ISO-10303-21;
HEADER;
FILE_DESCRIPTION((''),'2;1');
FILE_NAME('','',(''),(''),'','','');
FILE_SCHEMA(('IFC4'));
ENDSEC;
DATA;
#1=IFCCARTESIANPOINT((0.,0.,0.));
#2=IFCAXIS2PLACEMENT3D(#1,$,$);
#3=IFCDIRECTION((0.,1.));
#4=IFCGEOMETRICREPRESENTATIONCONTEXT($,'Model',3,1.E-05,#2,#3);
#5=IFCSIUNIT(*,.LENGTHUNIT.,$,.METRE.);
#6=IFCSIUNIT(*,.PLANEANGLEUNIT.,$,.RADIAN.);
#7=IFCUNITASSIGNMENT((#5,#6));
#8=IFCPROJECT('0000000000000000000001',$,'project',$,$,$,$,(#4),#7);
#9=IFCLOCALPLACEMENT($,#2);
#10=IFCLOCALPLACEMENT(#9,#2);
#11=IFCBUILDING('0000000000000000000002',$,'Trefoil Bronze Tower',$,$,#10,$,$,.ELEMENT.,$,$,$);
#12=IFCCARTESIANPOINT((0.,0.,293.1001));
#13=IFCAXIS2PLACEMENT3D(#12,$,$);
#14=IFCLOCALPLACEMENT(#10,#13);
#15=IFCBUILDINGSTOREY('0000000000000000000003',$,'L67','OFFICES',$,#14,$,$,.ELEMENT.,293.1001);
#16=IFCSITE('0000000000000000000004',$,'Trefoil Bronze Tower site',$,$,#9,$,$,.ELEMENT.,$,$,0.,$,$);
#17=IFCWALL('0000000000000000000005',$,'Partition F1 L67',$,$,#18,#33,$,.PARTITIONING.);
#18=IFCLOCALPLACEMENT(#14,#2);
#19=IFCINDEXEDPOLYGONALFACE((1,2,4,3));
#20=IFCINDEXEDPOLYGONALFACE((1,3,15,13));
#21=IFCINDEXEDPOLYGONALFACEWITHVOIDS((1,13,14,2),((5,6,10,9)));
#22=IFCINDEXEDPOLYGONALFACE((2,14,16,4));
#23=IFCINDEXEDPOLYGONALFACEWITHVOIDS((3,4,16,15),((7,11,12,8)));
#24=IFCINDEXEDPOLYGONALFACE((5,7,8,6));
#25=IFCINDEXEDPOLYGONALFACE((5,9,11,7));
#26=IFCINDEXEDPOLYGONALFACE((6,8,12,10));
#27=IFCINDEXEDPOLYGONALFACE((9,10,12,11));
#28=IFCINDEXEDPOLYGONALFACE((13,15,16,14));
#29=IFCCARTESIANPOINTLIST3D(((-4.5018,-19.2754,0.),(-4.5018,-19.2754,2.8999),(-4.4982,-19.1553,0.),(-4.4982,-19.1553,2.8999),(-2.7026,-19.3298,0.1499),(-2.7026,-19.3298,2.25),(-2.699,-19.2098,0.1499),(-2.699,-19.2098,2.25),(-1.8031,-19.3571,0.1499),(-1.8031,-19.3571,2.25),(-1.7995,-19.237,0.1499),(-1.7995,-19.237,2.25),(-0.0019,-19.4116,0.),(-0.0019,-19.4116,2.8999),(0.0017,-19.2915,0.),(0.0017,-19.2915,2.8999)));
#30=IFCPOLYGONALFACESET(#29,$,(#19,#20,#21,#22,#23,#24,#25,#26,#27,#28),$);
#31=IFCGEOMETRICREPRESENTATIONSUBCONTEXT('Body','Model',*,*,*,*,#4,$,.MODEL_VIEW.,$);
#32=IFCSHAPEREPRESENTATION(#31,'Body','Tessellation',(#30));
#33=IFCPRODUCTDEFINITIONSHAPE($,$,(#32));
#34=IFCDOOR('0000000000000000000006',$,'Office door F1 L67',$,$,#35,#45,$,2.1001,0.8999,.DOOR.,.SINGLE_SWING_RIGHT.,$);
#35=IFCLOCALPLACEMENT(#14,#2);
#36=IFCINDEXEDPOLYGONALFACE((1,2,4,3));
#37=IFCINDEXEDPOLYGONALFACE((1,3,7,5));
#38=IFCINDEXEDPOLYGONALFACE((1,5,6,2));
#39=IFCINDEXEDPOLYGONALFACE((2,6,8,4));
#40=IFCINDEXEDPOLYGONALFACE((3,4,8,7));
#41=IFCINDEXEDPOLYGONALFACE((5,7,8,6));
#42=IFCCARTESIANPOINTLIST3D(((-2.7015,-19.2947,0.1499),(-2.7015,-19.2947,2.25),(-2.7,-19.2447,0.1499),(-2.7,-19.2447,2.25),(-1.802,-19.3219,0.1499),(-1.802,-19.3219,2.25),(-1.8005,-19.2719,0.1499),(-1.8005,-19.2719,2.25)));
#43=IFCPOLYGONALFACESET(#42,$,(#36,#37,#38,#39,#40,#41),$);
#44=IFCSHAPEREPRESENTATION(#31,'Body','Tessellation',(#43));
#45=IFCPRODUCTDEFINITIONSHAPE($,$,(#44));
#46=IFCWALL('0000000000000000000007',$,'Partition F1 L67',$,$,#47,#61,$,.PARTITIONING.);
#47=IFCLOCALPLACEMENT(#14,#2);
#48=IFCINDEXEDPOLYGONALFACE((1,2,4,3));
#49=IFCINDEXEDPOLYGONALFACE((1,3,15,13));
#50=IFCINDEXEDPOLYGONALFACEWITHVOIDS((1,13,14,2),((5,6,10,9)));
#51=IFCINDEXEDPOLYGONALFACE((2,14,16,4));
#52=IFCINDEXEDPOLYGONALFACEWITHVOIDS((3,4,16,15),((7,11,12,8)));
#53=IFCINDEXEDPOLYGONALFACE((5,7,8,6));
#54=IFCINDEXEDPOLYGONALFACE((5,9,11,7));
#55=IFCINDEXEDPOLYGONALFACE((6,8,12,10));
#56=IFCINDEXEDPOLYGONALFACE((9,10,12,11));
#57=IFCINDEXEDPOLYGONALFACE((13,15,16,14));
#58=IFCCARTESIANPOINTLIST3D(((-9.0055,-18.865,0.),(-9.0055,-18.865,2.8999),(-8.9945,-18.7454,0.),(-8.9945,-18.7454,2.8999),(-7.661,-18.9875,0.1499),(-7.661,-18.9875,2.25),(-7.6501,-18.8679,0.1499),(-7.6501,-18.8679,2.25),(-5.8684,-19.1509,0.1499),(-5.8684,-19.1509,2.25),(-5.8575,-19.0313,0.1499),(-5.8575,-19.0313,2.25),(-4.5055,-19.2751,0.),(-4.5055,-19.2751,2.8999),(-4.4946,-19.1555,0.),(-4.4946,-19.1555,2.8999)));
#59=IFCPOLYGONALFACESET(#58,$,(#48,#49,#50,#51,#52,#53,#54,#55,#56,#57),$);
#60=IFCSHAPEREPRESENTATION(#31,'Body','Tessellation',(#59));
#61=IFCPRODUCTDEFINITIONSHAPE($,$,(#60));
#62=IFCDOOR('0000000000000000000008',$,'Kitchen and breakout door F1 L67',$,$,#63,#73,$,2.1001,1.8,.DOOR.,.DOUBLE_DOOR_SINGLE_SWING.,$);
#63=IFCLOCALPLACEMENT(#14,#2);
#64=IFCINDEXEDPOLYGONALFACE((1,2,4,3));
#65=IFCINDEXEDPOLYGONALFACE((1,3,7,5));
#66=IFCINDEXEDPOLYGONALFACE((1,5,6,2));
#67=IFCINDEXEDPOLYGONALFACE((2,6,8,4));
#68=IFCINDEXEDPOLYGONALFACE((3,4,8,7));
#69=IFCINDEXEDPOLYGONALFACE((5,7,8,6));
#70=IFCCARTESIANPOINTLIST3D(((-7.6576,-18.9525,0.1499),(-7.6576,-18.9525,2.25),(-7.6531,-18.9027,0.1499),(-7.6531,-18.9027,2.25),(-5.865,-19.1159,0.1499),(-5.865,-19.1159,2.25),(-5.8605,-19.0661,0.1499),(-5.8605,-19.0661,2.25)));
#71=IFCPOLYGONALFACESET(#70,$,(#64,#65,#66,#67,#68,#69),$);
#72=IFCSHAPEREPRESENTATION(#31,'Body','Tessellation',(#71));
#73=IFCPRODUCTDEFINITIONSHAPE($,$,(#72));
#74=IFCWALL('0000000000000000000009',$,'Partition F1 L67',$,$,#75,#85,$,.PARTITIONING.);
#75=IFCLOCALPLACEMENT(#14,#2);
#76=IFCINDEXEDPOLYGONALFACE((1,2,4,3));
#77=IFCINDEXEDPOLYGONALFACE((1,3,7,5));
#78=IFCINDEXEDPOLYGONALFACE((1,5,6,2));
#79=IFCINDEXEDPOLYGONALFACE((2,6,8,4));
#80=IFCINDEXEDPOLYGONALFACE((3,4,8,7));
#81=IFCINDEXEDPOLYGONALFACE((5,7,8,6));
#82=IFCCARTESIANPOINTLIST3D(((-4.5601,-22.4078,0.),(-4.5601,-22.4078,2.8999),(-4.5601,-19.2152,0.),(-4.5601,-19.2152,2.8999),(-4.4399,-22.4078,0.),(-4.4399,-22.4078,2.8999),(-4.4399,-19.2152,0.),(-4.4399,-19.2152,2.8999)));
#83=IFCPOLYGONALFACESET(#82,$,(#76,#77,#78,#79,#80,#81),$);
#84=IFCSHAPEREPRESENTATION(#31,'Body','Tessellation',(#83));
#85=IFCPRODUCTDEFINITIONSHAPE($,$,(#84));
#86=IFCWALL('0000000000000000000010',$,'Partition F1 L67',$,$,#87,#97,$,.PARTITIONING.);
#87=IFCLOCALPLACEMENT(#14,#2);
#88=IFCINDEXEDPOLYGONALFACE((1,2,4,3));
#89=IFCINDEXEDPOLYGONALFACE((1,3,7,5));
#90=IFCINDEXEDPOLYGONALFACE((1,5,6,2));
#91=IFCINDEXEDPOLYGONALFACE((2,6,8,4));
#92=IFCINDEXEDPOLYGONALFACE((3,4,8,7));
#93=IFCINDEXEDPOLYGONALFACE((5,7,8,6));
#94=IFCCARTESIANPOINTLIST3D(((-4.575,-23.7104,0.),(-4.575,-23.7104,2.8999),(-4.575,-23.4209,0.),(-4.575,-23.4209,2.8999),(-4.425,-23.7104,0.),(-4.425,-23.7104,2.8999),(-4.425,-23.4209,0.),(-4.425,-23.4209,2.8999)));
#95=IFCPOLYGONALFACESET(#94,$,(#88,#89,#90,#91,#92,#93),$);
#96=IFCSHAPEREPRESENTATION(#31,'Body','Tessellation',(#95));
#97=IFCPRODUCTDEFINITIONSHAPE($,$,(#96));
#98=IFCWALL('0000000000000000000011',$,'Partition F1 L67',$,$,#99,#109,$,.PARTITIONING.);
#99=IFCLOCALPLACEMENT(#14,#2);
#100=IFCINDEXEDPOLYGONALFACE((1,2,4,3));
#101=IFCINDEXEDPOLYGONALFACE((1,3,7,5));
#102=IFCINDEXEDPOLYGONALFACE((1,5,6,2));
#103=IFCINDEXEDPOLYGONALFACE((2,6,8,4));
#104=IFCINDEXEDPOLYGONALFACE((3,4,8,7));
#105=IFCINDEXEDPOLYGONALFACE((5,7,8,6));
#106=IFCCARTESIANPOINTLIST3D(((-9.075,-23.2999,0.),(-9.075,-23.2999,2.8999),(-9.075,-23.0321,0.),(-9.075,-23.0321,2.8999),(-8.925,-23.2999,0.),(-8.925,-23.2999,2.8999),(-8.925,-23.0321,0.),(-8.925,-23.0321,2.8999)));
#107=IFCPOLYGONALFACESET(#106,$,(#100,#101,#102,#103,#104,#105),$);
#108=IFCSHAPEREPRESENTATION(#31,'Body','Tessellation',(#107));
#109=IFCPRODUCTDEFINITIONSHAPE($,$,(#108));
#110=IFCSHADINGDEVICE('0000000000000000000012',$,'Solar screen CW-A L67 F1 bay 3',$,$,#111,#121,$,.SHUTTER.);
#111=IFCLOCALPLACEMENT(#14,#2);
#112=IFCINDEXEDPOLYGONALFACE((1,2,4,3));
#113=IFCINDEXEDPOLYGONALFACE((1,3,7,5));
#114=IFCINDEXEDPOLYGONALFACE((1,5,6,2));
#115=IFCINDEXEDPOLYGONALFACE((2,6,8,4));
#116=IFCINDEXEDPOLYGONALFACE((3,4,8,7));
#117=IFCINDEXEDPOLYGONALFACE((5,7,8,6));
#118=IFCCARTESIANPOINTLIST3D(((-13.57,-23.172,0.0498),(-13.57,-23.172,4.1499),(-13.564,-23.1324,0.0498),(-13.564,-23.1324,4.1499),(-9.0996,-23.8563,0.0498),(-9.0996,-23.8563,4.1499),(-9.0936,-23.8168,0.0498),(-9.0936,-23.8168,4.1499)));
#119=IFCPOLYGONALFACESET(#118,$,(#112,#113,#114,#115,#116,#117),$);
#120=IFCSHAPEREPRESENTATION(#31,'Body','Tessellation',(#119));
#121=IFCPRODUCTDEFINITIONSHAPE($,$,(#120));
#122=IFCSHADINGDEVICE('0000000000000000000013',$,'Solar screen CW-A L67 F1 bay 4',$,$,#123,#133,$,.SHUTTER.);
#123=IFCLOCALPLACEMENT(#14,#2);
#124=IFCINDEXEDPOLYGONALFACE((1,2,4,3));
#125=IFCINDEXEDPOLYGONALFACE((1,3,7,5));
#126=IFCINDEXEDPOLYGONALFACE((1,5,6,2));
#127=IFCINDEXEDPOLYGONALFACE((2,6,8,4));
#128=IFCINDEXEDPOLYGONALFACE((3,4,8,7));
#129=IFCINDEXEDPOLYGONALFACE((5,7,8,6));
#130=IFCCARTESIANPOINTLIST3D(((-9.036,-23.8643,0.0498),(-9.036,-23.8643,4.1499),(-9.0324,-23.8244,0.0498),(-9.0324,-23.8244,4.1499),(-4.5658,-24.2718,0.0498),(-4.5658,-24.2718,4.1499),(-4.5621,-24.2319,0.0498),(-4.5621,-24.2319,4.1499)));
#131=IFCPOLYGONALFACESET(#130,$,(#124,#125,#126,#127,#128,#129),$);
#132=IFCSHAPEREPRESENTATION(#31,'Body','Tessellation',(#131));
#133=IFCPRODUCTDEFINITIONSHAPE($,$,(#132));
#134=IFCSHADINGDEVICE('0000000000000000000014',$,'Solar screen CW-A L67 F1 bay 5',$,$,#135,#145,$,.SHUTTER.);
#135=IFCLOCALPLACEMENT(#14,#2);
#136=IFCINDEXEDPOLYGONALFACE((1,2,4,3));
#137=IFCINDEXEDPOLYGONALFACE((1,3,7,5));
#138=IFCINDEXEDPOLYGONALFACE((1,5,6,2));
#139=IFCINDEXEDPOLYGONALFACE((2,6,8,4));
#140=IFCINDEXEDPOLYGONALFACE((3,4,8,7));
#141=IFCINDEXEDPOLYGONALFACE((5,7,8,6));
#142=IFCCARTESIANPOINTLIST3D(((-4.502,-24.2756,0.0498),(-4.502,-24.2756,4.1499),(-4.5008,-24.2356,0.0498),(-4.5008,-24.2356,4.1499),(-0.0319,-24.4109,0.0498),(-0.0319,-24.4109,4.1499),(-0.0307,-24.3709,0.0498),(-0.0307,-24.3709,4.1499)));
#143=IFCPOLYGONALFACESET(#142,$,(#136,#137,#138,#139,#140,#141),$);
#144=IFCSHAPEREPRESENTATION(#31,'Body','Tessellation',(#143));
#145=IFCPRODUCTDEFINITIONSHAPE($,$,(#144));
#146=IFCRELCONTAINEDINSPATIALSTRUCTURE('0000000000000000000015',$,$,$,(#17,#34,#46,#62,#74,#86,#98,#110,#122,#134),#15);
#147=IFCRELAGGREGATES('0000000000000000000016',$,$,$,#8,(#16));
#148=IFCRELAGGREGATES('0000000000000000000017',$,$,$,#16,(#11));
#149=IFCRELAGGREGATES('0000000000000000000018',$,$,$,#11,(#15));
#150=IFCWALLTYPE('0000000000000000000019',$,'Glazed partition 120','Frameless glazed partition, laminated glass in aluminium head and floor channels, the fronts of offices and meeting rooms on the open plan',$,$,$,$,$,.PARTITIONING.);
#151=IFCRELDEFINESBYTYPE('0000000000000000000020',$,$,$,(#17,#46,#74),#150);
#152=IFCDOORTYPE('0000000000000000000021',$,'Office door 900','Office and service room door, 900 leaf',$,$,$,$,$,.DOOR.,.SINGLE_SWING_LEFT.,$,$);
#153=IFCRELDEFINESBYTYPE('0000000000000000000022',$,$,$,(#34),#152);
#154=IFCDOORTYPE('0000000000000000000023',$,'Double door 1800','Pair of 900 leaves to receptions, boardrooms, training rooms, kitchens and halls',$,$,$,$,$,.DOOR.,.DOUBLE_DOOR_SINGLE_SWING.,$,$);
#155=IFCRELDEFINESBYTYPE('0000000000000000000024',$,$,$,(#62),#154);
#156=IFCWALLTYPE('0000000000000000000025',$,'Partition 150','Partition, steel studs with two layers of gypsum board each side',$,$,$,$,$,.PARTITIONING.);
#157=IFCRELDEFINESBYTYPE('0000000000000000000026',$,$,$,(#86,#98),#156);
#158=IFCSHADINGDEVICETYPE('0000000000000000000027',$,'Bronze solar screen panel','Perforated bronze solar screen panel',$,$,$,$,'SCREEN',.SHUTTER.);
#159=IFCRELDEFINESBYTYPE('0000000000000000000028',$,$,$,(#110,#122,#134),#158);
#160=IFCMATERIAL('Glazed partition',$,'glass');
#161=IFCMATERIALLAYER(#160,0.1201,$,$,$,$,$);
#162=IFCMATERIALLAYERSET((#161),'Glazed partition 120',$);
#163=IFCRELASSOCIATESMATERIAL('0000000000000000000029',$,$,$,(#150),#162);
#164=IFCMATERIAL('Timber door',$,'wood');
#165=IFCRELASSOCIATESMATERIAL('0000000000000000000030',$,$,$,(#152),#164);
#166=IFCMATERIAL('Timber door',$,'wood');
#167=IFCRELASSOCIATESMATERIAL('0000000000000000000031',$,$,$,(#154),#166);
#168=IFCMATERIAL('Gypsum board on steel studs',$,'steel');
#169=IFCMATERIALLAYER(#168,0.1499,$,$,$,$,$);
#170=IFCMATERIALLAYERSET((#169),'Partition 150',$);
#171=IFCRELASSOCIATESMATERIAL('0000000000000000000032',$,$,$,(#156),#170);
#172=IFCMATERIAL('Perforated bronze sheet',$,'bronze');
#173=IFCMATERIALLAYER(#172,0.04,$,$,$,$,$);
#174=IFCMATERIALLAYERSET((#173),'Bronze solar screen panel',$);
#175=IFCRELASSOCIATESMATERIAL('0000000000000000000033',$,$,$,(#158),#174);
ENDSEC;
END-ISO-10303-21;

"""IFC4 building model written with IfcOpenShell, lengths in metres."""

from ifc_helpers import new_model, si_unit, direction, frame, frame_2d, origin, origin_2d, place, context, subcontext, project, spatial, rectangle, extrude, material, layer, layer_set, type_object, element, fill, save


model = new_model("IFC4")

# Units and contexts
model_context = context("Model", 3, precision=1e-05, world=origin(), true_north=direction((0.0, 1.0)))
body_context = subcontext(model_context, "Body", "Model", "MODEL_VIEW")
ifc_project = project(units=[si_unit("LENGTHUNIT", "METRE"), si_unit("PLANEANGLEUNIT", "RADIAN")], contexts=[model_context])

# Site, building, storey
site_placement = place(None, origin())
site = spatial("IfcSite", under=ifc_project, at=site_placement, Name="Trefoil Bronze Tower site", CompositionType="ELEMENT", RefElevation=0.0)
building_placement = place(site_placement, origin())
building = spatial("IfcBuilding", under=site, at=building_placement, Name="Trefoil Bronze Tower", CompositionType="ELEMENT")
storey_placement = place(building_placement, frame((0.0, 0.0, 293.1001)))
storey = spatial("IfcBuildingStorey", under=building, at=storey_placement, Name="L67", Description="OFFICES", CompositionType="ELEMENT", Elevation=293.1001)

# Walls, openings, doors
ifc_material_1 = material(Name="Glazed partition", Category="glass")
ifc_layer_1 = layer(ifc_material_1, 0.1201)
ifc_layer_set_1 = layer_set([ifc_layer_1], Name="Glazed partition 120")
wall_type_1 = type_object("IfcWallType", Name="Glazed partition 120", Description="Frameless glazed partition, laminated glass in aluminium head and floor channels, the fronts of offices and meeting rooms on the open plan", PredefinedType="PARTITIONING", material=ifc_layer_set_1)
wall_1_placement = place(storey_placement, frame((-4.5, -19.2153, 0.0), z_axis=(0.0, 0.0, 1.0), x_axis=(0.999542, -0.03026, 0.0)))
wall_1 = element("IfcWall", 1, at=wall_1_placement, inside=storey, type_object=wall_type_1, Name="Partition F1 L67", PredefinedType="PARTITIONING", context=body_context, shape_type="SweptSolid", body=[
    extrude(rectangle(XDim=4.502, YDim=0.1201, at=frame_2d((2.251, 0.0))), origin(), (0.0, 0.0, 1.0), 2.8999),
])
opening_1_placement = place(wall_1_placement, frame((1.8, 0.0, 0.1499)))
opening_1 = element("IfcOpeningElement", 2, at=opening_1_placement, cuts=wall_1, PredefinedType="OPENING", context=body_context, shape_type="SweptSolid", body=[
    extrude(rectangle(XDim=0.8999, YDim=2.1001, at=frame_2d((0.45, 1.05))), frame((0.0, 0.0701, 0.0), z_axis=(0.0, -1.0, 0.0), x_axis=(1.0, 0.0, 0.0)), (0.0, 0.0, 1.0), 0.1401),
])
ifc_material_2 = material(Name="Timber door", Category="wood")
door_type_1 = type_object("IfcDoorType", Name="Office door 900", Description="Office and service room door, 900 leaf", OperationType="SINGLE_SWING_LEFT", PredefinedType="DOOR", material=ifc_material_2)
door_1_placement = place(opening_1_placement, frame((0.8999, 0.0, 0.0), z_axis=(0.0, 0.0, 1.0), x_axis=(-1.0, 0.0, 0.0)))
door_1 = element("IfcDoor", 3, at=door_1_placement, inside=storey, type_object=door_type_1, Name="Office door F1 L67", OperationType="SINGLE_SWING_RIGHT", OverallHeight=2.1001, OverallWidth=0.8999, PredefinedType="DOOR", context=body_context, shape_type="SweptSolid", body=[
    extrude(rectangle(XDim=0.8999, YDim=2.1001, at=frame_2d((0.45, 1.05))), frame((0.0, 0.0249, 0.0), z_axis=(0.0, -1.0, 0.0), x_axis=(1.0, 0.0, 0.0)), (0.0, 0.0, 1.0), 0.05),
])
fill(opening_1, door_1)
wall_2_placement = place(storey_placement, frame((-9.0, -18.8052, 0.0), z_axis=(0.0, 0.0, 1.0), x_axis=(0.995872, -0.09077, 0.0)))
wall_2 = element("IfcWall", 4, at=wall_2_placement, inside=storey, type_object=wall_type_1, Name="Partition F1 L67", PredefinedType="PARTITIONING", context=body_context, shape_type="SweptSolid", body=[
    extrude(rectangle(XDim=4.5186, YDim=0.1201, at=frame_2d((2.2593, 0.0))), origin(), (0.0, 0.0, 1.0), 2.8999),
])
opening_2_placement = place(wall_2_placement, frame((1.3501, 0.0, 0.1499)))
opening_2 = element("IfcOpeningElement", 5, at=opening_2_placement, cuts=wall_2, PredefinedType="OPENING", context=body_context, shape_type="SweptSolid", body=[
    extrude(rectangle(XDim=1.8, YDim=2.1001, at=frame_2d((0.8999, 1.05))), frame((0.0, 0.0701, 0.0), z_axis=(0.0, -1.0, 0.0), x_axis=(1.0, 0.0, 0.0)), (0.0, 0.0, 1.0), 0.1401),
])
ifc_material_3 = material(Name="Timber door", Category="wood")
door_type_2 = type_object("IfcDoorType", Name="Double door 1800", Description="Pair of 900 leaves to receptions, boardrooms, training rooms, kitchens and halls", OperationType="DOUBLE_DOOR_SINGLE_SWING", PredefinedType="DOOR", material=ifc_material_3)
door_2_placement = place(opening_2_placement, frame((1.8, 0.0, 0.0), z_axis=(0.0, 0.0, 1.0), x_axis=(-1.0, 0.0, 0.0)))
door_2 = element("IfcDoor", 6, at=door_2_placement, inside=storey, type_object=door_type_2, Name="Kitchen and breakout door F1 L67", OperationType="DOUBLE_DOOR_SINGLE_SWING", OverallHeight=2.1001, OverallWidth=1.8, PredefinedType="DOOR", context=body_context, shape_type="SweptSolid", body=[
    extrude(rectangle(XDim=1.8, YDim=2.1001, at=frame_2d((0.8999, 1.05))), frame((0.0, 0.0249, 0.0), z_axis=(0.0, -1.0, 0.0), x_axis=(1.0, 0.0, 0.0)), (0.0, 0.0, 1.0), 0.05),
])
fill(opening_2, door_2)

# Walls
wall_3_placement = place(storey_placement, frame((-4.5, -19.2153, 0.0), z_axis=(0.0, 0.0, 1.0), x_axis=(0.0, -1.0, 0.0)))
element("IfcWall", 7, at=wall_3_placement, inside=storey, type_object=wall_type_1, Name="Partition F1 L67", PredefinedType="PARTITIONING", context=body_context, shape_type="SweptSolid", body=[
    extrude(rectangle(XDim=3.1926, YDim=0.1201, at=frame_2d((1.5962, 0.0))), origin(), (0.0, 0.0, 1.0), 2.8999),
])
ifc_material_4 = material(Name="Gypsum board on steel studs", Category="steel")
ifc_layer_2 = layer(ifc_material_4, 0.1499)
ifc_layer_set_2 = layer_set([ifc_layer_2], Name="Partition 150")
wall_type_2 = type_object("IfcWallType", Name="Partition 150", Description="Partition, steel studs with two layers of gypsum board each side", PredefinedType="PARTITIONING", material=ifc_layer_set_2)
wall_4_placement = place(storey_placement, frame((-4.5, -23.4209, 0.0), z_axis=(0.0, 0.0, 1.0), x_axis=(0.0, -1.0, 0.0)))
element("IfcWall", 8, at=wall_4_placement, inside=storey, type_object=wall_type_2, Name="Partition F1 L67", PredefinedType="PARTITIONING", context=body_context, shape_type="SweptSolid", body=[
    extrude(rectangle(XDim=0.2896, YDim=0.1499, at=frame_2d((0.1448, 0.0))), origin(), (0.0, 0.0, 1.0), 2.8999),
])
wall_5_placement = place(storey_placement, frame((-9.0, -23.0322, 0.0), z_axis=(0.0, 0.0, 1.0), x_axis=(0.0, -1.0, 0.0)))
element("IfcWall", 9, at=wall_5_placement, inside=storey, type_object=wall_type_2, Name="Partition F1 L67", PredefinedType="PARTITIONING", context=body_context, shape_type="SweptSolid", body=[
    extrude(rectangle(XDim=0.2678, YDim=0.1499, at=frame_2d((0.1338, 0.0))), origin(), (0.0, 0.0, 1.0), 2.8999),
])

# Shading devices
ifc_material_5 = material(Name="Perforated bronze sheet", Category="bronze")
ifc_layer_3 = layer(ifc_material_5, 0.04)
ifc_layer_set_3 = layer_set([ifc_layer_3], Name="Bronze solar screen panel")
shading_device_type = type_object("IfcShadingDeviceType", Name="Bronze solar screen panel", Description="Perforated bronze solar screen panel", ElementType="SCREEN", PredefinedType="SHUTTER", material=ifc_layer_set_3)
shading_device_1_placement = place(storey_placement, frame((-11.3318, -23.4944, 0.0498), z_axis=(0.0, 0.0, 1.0), x_axis=(0.988485, -0.151317, 0.0)))
element("IfcShadingDevice", 10, at=shading_device_1_placement, inside=storey, type_object=shading_device_type, Name="Solar screen CW-A L67 F1 bay 3", PredefinedType="SHUTTER", context=body_context, shape_type="SweptSolid", body=[
    extrude(rectangle(XDim=4.5225, YDim=0.04, at=origin_2d()), origin(), (0.0, 0.0, 1.0), 4.1001),
])
shading_device_2_placement = place(storey_placement, frame((-6.7991, -24.0481, 0.0498), z_axis=(0.0, 0.0, 1.0), x_axis=(0.99587, -0.090789, 0.0)))
element("IfcShadingDevice", 11, at=shading_device_2_placement, inside=storey, type_object=shading_device_type, Name="Solar screen CW-A L67 F1 bay 4", PredefinedType="SHUTTER", context=body_context, shape_type="SweptSolid", body=[
    extrude(rectangle(XDim=4.4888, YDim=0.04, at=origin_2d()), origin(), (0.0, 0.0, 1.0), 4.1001),
])
shading_device_3_placement = place(storey_placement, frame((-2.2664, -24.3232, 0.0498), z_axis=(0.0, 0.0, 1.0), x_axis=(0.999542, -0.030263, 0.0)))
element("IfcShadingDevice", 12, at=shading_device_3_placement, inside=storey, type_object=shading_device_type, Name="Solar screen CW-A L67 F1 bay 5", PredefinedType="SHUTTER", context=body_context, shape_type="SweptSolid", body=[
    extrude(rectangle(XDim=4.4722, YDim=0.04, at=origin_2d()), origin(), (0.0, 0.0, 1.0), 4.1001),
])

save(model, "model.ifc")
